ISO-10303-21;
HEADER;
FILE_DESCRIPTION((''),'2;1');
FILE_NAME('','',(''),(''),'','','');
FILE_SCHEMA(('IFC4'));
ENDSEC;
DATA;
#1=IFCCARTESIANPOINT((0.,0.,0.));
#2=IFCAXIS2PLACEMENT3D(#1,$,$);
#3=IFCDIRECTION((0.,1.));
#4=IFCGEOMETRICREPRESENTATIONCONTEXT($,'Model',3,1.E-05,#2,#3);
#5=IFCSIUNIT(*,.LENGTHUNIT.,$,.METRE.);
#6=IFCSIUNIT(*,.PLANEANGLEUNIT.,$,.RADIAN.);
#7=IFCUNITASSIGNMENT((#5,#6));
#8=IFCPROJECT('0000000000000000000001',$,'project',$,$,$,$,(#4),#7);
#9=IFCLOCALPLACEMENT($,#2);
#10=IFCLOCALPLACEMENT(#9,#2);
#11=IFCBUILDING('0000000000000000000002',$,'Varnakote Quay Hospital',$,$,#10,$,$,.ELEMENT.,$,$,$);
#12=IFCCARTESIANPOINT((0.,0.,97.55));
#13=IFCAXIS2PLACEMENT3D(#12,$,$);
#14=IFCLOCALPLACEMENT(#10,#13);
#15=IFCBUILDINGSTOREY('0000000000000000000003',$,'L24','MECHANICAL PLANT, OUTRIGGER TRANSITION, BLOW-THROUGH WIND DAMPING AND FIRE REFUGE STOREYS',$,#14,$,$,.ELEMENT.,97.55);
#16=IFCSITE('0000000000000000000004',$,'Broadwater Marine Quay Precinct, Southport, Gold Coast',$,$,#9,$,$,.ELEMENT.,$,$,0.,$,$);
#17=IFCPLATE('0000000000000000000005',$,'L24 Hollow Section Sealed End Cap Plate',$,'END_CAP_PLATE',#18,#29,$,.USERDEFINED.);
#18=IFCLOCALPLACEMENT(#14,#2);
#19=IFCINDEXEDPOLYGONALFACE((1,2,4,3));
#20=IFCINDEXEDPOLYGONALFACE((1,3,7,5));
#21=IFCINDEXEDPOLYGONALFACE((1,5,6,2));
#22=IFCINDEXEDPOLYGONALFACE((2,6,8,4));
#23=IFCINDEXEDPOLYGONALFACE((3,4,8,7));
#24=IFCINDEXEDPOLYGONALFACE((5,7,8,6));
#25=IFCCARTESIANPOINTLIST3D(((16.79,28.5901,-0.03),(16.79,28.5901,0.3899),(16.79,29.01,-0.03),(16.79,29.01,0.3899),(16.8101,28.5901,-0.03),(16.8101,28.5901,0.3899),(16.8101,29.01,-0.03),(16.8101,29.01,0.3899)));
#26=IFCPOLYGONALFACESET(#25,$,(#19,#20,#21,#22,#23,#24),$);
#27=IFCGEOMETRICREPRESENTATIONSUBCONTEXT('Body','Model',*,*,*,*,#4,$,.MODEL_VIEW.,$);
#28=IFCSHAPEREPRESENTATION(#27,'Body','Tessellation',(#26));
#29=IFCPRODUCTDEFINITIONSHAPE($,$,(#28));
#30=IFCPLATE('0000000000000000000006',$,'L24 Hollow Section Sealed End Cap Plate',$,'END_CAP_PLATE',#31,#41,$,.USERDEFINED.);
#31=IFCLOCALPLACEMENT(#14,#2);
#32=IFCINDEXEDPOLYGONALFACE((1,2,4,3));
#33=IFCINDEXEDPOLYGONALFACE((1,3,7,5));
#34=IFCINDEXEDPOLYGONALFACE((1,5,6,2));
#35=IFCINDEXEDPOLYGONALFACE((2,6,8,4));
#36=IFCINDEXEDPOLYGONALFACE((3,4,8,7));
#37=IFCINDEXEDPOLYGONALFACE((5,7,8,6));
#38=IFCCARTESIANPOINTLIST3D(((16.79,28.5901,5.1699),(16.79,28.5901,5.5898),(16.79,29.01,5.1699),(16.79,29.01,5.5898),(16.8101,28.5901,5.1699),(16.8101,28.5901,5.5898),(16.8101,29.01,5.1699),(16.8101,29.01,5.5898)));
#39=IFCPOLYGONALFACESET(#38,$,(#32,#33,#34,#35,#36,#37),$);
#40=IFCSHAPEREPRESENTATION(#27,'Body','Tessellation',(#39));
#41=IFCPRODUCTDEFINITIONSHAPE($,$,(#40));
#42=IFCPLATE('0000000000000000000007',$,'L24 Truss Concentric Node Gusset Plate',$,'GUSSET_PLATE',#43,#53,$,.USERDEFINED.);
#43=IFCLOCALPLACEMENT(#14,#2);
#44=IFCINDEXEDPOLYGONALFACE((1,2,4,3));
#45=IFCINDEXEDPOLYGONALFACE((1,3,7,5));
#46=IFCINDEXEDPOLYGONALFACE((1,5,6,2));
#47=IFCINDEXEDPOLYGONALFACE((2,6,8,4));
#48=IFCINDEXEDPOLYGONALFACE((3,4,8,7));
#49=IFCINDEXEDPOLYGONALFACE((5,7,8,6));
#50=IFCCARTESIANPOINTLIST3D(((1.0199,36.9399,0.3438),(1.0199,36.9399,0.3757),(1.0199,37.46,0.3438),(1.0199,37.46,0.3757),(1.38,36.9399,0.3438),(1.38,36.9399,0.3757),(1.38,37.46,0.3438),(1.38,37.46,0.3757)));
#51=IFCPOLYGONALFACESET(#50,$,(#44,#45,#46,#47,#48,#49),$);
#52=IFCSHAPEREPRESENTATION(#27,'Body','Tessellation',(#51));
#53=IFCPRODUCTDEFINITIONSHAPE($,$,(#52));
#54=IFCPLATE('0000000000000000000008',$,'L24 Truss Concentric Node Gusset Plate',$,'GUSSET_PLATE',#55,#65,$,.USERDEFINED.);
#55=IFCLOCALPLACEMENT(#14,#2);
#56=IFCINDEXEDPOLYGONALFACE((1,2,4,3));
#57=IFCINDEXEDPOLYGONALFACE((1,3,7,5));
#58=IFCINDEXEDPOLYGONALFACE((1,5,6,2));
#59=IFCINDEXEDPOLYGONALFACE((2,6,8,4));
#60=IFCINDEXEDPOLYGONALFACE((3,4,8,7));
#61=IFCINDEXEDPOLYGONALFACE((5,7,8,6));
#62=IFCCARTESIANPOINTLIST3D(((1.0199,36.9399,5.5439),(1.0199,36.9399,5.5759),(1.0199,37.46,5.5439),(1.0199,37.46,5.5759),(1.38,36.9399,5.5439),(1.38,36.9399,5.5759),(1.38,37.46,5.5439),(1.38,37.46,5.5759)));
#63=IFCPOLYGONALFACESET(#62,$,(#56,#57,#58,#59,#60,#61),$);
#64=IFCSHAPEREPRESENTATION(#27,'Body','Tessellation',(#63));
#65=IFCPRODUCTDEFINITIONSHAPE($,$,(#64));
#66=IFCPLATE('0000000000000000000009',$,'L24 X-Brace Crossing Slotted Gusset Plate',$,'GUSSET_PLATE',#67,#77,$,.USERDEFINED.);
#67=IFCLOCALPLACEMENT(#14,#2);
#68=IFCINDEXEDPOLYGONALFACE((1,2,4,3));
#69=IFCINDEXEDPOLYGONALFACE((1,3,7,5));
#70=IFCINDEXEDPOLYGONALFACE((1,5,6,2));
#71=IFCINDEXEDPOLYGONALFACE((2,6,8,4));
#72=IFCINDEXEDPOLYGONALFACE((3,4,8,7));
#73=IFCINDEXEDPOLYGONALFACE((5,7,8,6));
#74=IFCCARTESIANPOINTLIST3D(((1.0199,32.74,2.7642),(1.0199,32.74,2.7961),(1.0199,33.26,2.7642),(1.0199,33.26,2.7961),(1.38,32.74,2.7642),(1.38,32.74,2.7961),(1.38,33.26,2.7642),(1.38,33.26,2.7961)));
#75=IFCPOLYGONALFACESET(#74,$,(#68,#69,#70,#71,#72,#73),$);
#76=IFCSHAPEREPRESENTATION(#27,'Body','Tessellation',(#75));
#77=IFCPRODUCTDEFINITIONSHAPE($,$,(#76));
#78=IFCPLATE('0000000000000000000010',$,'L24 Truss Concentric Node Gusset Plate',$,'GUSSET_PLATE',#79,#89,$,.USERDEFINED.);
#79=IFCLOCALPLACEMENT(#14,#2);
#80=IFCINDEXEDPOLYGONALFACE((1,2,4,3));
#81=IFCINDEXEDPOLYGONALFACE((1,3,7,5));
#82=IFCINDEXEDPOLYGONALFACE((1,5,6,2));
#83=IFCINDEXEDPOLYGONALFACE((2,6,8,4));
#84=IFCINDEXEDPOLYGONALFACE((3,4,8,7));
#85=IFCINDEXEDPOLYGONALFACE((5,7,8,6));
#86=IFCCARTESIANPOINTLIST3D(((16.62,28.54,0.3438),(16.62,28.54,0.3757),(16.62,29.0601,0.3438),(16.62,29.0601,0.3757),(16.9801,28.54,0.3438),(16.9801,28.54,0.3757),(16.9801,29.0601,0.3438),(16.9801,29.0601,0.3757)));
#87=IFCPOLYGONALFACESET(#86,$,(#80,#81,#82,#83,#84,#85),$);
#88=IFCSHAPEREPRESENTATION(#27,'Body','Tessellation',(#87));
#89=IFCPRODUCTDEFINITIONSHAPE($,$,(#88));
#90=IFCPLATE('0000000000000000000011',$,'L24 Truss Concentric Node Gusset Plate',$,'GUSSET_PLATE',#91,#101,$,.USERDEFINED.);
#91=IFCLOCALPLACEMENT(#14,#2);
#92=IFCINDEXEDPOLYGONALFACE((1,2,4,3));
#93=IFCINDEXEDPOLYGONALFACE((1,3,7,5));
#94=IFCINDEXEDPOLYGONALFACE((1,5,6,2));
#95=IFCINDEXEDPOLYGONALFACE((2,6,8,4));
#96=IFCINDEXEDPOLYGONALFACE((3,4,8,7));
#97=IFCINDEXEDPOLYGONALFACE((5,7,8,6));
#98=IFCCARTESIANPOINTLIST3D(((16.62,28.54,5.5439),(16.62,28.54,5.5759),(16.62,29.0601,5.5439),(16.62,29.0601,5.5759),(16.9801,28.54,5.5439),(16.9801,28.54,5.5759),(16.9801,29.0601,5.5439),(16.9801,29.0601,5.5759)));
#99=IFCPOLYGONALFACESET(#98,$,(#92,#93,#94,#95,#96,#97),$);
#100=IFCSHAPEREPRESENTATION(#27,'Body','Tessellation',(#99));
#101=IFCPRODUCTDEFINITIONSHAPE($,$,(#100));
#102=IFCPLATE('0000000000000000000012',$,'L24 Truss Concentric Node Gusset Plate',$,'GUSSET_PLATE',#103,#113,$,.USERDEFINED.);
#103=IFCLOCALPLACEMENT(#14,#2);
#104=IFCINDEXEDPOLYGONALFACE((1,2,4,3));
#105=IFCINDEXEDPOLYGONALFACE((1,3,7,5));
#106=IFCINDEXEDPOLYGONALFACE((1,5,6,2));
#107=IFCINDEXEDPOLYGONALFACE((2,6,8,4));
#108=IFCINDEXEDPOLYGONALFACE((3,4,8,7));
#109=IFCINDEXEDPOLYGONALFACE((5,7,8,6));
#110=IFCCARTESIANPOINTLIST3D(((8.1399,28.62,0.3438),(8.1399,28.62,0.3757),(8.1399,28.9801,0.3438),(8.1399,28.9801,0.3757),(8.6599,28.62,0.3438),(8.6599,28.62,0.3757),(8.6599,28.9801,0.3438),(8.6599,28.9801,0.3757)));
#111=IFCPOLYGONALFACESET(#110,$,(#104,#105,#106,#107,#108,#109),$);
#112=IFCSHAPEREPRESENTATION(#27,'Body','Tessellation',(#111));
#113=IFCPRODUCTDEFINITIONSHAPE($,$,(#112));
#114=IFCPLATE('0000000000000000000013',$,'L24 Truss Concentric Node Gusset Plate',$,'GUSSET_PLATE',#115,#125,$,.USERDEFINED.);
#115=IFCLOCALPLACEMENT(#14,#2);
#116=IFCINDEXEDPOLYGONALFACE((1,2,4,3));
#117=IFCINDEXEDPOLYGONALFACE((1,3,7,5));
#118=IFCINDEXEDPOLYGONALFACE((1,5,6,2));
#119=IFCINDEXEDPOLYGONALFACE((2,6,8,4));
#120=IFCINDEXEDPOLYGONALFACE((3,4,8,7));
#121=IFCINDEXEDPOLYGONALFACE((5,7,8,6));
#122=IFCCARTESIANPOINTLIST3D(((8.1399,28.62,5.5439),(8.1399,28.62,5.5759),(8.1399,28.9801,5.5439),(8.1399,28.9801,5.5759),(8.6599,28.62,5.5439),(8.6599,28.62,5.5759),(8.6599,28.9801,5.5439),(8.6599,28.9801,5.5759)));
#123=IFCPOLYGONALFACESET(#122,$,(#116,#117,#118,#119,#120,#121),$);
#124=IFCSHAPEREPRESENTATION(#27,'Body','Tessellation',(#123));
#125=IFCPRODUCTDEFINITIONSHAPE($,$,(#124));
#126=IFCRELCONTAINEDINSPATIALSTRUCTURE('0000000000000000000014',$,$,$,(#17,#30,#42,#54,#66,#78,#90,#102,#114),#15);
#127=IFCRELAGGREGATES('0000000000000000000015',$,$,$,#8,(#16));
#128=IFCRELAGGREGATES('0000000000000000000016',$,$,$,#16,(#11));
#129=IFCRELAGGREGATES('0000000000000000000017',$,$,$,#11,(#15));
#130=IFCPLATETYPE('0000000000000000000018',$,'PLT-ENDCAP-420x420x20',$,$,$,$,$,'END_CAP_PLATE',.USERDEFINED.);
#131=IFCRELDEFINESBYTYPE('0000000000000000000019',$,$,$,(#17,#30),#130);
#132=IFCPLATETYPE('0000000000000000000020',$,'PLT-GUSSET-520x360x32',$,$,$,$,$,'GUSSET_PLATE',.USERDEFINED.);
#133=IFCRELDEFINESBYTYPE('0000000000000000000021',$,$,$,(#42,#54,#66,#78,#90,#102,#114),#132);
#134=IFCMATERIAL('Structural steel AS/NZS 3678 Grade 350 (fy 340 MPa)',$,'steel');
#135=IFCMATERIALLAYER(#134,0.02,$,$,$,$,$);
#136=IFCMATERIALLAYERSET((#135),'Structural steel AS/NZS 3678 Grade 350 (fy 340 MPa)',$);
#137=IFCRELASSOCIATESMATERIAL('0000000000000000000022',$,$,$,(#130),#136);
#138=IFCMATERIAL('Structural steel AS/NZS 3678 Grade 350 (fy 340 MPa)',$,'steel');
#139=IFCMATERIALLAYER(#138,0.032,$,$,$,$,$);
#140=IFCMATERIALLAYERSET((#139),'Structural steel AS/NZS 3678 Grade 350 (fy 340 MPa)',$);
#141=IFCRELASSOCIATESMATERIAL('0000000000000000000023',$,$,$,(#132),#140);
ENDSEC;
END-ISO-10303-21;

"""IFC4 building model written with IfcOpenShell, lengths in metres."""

from ifc_helpers import new_model, si_unit, direction, frame, origin, origin_2d, place, context, subcontext, project, spatial, rectangle, extrude, material, layer, layer_set, type_object, element, save


model = new_model("IFC4")

# Units and contexts
model_context = context("Model", 3, precision=1e-05, world=origin(), true_north=direction((0.0, 1.0)))
body_context = subcontext(model_context, "Body", "Model", "MODEL_VIEW")
ifc_project = project(units=[si_unit("LENGTHUNIT", "METRE"), si_unit("PLANEANGLEUNIT", "RADIAN")], contexts=[model_context])

# Site, building, storey
site_placement = place(None, origin())
site = spatial("IfcSite", under=ifc_project, at=site_placement, Name="Broadwater Marine Quay Precinct, Southport, Gold Coast", CompositionType="ELEMENT", RefElevation=0.0)
building_placement = place(site_placement, origin())
building = spatial("IfcBuilding", under=site, at=building_placement, Name="Varnakote Quay Hospital", CompositionType="ELEMENT")
storey_placement = place(building_placement, frame((0.0, 0.0, 97.55)))
storey = spatial("IfcBuildingStorey", under=building, at=storey_placement, Name="L24", Description="MECHANICAL PLANT, OUTRIGGER TRANSITION, BLOW-THROUGH WIND DAMPING AND FIRE REFUGE STOREYS", CompositionType="ELEMENT", Elevation=97.55)

# Plates
ifc_material_1 = material(Name="Structural steel AS/NZS 3678 Grade 350 (fy 340 MPa)", Category="steel")
ifc_layer_1 = layer(ifc_material_1, 0.02)
ifc_layer_set_1 = layer_set([ifc_layer_1], Name="Structural steel AS/NZS 3678 Grade 350 (fy 340 MPa)")
plate_type_1 = type_object("IfcPlateType", Name="PLT-ENDCAP-420x420x20", ElementType="END_CAP_PLATE", PredefinedType="USERDEFINED", material=ifc_layer_set_1)
for number, where, z_axis, x_axis, name in (
    (1, (16.8, 28.8, -0.03), (0.0, 0.0, 1.0), (1.0, 0.0, 0.0), "L24 Hollow Section Sealed End Cap Plate"),
    (2, (16.8, 28.8, 5.1699), (0.0, 0.0, 1.0), (1.0, 0.0, 0.0), "L24 Hollow Section Sealed End Cap Plate"),
):
    element("IfcPlate", number, at=place(storey_placement, frame(where, z_axis=z_axis, x_axis=x_axis)), inside=storey, type_object=plate_type_1, Name=name, ObjectType="END_CAP_PLATE", PredefinedType="USERDEFINED", context=body_context, shape_type="SweptSolid", body=[
        extrude(rectangle(XDim=0.02, YDim=0.4199, at=origin_2d()), origin(), (0.0, 0.0, 1.0), 0.4199),
    ])
ifc_material_2 = material(Name="Structural steel AS/NZS 3678 Grade 350 (fy 340 MPa)", Category="steel")
ifc_layer_2 = layer(ifc_material_2, 0.032)
ifc_layer_set_2 = layer_set([ifc_layer_2], Name="Structural steel AS/NZS 3678 Grade 350 (fy 340 MPa)")
plate_type_2 = type_object("IfcPlateType", Name="PLT-GUSSET-520x360x32", ElementType="GUSSET_PLATE", PredefinedType="USERDEFINED", material=ifc_layer_set_2)
for number, where, z_axis, x_axis, name in (
    (3, (1.2, 37.2, 0.3438), (0.0, 0.0, 1.0), (0.0, 1.0, 0.0), "L24 Truss Concentric Node Gusset Plate"),
    (4, (1.2, 37.2, 5.5439), (0.0, 0.0, 1.0), (0.0, 1.0, 0.0), "L24 Truss Concentric Node Gusset Plate"),
    (5, (1.2, 33.0, 2.7642), (0.0, 0.0, 1.0), (0.0, 1.0, 0.0), "L24 X-Brace Crossing Slotted Gusset Plate"),
    (6, (16.8, 28.8, 0.3438), (0.0, 0.0, 1.0), (0.0, 1.0, 0.0), "L24 Truss Concentric Node Gusset Plate"),
    (7, (16.8, 28.8, 5.5439), (0.0, 0.0, 1.0), (0.0, 1.0, 0.0), "L24 Truss Concentric Node Gusset Plate"),
    (8, (8.3999, 28.8, 0.3438), (0.0, 0.0, 1.0), (1.0, 0.0, 0.0), "L24 Truss Concentric Node Gusset Plate"),
    (9, (8.3999, 28.8, 5.5439), (0.0, 0.0, 1.0), (1.0, 0.0, 0.0), "L24 Truss Concentric Node Gusset Plate"),
):
    element("IfcPlate", number, at=place(storey_placement, frame(where, z_axis=z_axis, x_axis=x_axis)), inside=storey, type_object=plate_type_2, Name=name, ObjectType="GUSSET_PLATE", PredefinedType="USERDEFINED", context=body_context, shape_type="SweptSolid", body=[
        extrude(rectangle(XDim=0.52, YDim=0.3601, at=origin_2d()), origin(), (0.0, 0.0, 1.0), 0.032),
    ])

save(model, "model.ifc")
